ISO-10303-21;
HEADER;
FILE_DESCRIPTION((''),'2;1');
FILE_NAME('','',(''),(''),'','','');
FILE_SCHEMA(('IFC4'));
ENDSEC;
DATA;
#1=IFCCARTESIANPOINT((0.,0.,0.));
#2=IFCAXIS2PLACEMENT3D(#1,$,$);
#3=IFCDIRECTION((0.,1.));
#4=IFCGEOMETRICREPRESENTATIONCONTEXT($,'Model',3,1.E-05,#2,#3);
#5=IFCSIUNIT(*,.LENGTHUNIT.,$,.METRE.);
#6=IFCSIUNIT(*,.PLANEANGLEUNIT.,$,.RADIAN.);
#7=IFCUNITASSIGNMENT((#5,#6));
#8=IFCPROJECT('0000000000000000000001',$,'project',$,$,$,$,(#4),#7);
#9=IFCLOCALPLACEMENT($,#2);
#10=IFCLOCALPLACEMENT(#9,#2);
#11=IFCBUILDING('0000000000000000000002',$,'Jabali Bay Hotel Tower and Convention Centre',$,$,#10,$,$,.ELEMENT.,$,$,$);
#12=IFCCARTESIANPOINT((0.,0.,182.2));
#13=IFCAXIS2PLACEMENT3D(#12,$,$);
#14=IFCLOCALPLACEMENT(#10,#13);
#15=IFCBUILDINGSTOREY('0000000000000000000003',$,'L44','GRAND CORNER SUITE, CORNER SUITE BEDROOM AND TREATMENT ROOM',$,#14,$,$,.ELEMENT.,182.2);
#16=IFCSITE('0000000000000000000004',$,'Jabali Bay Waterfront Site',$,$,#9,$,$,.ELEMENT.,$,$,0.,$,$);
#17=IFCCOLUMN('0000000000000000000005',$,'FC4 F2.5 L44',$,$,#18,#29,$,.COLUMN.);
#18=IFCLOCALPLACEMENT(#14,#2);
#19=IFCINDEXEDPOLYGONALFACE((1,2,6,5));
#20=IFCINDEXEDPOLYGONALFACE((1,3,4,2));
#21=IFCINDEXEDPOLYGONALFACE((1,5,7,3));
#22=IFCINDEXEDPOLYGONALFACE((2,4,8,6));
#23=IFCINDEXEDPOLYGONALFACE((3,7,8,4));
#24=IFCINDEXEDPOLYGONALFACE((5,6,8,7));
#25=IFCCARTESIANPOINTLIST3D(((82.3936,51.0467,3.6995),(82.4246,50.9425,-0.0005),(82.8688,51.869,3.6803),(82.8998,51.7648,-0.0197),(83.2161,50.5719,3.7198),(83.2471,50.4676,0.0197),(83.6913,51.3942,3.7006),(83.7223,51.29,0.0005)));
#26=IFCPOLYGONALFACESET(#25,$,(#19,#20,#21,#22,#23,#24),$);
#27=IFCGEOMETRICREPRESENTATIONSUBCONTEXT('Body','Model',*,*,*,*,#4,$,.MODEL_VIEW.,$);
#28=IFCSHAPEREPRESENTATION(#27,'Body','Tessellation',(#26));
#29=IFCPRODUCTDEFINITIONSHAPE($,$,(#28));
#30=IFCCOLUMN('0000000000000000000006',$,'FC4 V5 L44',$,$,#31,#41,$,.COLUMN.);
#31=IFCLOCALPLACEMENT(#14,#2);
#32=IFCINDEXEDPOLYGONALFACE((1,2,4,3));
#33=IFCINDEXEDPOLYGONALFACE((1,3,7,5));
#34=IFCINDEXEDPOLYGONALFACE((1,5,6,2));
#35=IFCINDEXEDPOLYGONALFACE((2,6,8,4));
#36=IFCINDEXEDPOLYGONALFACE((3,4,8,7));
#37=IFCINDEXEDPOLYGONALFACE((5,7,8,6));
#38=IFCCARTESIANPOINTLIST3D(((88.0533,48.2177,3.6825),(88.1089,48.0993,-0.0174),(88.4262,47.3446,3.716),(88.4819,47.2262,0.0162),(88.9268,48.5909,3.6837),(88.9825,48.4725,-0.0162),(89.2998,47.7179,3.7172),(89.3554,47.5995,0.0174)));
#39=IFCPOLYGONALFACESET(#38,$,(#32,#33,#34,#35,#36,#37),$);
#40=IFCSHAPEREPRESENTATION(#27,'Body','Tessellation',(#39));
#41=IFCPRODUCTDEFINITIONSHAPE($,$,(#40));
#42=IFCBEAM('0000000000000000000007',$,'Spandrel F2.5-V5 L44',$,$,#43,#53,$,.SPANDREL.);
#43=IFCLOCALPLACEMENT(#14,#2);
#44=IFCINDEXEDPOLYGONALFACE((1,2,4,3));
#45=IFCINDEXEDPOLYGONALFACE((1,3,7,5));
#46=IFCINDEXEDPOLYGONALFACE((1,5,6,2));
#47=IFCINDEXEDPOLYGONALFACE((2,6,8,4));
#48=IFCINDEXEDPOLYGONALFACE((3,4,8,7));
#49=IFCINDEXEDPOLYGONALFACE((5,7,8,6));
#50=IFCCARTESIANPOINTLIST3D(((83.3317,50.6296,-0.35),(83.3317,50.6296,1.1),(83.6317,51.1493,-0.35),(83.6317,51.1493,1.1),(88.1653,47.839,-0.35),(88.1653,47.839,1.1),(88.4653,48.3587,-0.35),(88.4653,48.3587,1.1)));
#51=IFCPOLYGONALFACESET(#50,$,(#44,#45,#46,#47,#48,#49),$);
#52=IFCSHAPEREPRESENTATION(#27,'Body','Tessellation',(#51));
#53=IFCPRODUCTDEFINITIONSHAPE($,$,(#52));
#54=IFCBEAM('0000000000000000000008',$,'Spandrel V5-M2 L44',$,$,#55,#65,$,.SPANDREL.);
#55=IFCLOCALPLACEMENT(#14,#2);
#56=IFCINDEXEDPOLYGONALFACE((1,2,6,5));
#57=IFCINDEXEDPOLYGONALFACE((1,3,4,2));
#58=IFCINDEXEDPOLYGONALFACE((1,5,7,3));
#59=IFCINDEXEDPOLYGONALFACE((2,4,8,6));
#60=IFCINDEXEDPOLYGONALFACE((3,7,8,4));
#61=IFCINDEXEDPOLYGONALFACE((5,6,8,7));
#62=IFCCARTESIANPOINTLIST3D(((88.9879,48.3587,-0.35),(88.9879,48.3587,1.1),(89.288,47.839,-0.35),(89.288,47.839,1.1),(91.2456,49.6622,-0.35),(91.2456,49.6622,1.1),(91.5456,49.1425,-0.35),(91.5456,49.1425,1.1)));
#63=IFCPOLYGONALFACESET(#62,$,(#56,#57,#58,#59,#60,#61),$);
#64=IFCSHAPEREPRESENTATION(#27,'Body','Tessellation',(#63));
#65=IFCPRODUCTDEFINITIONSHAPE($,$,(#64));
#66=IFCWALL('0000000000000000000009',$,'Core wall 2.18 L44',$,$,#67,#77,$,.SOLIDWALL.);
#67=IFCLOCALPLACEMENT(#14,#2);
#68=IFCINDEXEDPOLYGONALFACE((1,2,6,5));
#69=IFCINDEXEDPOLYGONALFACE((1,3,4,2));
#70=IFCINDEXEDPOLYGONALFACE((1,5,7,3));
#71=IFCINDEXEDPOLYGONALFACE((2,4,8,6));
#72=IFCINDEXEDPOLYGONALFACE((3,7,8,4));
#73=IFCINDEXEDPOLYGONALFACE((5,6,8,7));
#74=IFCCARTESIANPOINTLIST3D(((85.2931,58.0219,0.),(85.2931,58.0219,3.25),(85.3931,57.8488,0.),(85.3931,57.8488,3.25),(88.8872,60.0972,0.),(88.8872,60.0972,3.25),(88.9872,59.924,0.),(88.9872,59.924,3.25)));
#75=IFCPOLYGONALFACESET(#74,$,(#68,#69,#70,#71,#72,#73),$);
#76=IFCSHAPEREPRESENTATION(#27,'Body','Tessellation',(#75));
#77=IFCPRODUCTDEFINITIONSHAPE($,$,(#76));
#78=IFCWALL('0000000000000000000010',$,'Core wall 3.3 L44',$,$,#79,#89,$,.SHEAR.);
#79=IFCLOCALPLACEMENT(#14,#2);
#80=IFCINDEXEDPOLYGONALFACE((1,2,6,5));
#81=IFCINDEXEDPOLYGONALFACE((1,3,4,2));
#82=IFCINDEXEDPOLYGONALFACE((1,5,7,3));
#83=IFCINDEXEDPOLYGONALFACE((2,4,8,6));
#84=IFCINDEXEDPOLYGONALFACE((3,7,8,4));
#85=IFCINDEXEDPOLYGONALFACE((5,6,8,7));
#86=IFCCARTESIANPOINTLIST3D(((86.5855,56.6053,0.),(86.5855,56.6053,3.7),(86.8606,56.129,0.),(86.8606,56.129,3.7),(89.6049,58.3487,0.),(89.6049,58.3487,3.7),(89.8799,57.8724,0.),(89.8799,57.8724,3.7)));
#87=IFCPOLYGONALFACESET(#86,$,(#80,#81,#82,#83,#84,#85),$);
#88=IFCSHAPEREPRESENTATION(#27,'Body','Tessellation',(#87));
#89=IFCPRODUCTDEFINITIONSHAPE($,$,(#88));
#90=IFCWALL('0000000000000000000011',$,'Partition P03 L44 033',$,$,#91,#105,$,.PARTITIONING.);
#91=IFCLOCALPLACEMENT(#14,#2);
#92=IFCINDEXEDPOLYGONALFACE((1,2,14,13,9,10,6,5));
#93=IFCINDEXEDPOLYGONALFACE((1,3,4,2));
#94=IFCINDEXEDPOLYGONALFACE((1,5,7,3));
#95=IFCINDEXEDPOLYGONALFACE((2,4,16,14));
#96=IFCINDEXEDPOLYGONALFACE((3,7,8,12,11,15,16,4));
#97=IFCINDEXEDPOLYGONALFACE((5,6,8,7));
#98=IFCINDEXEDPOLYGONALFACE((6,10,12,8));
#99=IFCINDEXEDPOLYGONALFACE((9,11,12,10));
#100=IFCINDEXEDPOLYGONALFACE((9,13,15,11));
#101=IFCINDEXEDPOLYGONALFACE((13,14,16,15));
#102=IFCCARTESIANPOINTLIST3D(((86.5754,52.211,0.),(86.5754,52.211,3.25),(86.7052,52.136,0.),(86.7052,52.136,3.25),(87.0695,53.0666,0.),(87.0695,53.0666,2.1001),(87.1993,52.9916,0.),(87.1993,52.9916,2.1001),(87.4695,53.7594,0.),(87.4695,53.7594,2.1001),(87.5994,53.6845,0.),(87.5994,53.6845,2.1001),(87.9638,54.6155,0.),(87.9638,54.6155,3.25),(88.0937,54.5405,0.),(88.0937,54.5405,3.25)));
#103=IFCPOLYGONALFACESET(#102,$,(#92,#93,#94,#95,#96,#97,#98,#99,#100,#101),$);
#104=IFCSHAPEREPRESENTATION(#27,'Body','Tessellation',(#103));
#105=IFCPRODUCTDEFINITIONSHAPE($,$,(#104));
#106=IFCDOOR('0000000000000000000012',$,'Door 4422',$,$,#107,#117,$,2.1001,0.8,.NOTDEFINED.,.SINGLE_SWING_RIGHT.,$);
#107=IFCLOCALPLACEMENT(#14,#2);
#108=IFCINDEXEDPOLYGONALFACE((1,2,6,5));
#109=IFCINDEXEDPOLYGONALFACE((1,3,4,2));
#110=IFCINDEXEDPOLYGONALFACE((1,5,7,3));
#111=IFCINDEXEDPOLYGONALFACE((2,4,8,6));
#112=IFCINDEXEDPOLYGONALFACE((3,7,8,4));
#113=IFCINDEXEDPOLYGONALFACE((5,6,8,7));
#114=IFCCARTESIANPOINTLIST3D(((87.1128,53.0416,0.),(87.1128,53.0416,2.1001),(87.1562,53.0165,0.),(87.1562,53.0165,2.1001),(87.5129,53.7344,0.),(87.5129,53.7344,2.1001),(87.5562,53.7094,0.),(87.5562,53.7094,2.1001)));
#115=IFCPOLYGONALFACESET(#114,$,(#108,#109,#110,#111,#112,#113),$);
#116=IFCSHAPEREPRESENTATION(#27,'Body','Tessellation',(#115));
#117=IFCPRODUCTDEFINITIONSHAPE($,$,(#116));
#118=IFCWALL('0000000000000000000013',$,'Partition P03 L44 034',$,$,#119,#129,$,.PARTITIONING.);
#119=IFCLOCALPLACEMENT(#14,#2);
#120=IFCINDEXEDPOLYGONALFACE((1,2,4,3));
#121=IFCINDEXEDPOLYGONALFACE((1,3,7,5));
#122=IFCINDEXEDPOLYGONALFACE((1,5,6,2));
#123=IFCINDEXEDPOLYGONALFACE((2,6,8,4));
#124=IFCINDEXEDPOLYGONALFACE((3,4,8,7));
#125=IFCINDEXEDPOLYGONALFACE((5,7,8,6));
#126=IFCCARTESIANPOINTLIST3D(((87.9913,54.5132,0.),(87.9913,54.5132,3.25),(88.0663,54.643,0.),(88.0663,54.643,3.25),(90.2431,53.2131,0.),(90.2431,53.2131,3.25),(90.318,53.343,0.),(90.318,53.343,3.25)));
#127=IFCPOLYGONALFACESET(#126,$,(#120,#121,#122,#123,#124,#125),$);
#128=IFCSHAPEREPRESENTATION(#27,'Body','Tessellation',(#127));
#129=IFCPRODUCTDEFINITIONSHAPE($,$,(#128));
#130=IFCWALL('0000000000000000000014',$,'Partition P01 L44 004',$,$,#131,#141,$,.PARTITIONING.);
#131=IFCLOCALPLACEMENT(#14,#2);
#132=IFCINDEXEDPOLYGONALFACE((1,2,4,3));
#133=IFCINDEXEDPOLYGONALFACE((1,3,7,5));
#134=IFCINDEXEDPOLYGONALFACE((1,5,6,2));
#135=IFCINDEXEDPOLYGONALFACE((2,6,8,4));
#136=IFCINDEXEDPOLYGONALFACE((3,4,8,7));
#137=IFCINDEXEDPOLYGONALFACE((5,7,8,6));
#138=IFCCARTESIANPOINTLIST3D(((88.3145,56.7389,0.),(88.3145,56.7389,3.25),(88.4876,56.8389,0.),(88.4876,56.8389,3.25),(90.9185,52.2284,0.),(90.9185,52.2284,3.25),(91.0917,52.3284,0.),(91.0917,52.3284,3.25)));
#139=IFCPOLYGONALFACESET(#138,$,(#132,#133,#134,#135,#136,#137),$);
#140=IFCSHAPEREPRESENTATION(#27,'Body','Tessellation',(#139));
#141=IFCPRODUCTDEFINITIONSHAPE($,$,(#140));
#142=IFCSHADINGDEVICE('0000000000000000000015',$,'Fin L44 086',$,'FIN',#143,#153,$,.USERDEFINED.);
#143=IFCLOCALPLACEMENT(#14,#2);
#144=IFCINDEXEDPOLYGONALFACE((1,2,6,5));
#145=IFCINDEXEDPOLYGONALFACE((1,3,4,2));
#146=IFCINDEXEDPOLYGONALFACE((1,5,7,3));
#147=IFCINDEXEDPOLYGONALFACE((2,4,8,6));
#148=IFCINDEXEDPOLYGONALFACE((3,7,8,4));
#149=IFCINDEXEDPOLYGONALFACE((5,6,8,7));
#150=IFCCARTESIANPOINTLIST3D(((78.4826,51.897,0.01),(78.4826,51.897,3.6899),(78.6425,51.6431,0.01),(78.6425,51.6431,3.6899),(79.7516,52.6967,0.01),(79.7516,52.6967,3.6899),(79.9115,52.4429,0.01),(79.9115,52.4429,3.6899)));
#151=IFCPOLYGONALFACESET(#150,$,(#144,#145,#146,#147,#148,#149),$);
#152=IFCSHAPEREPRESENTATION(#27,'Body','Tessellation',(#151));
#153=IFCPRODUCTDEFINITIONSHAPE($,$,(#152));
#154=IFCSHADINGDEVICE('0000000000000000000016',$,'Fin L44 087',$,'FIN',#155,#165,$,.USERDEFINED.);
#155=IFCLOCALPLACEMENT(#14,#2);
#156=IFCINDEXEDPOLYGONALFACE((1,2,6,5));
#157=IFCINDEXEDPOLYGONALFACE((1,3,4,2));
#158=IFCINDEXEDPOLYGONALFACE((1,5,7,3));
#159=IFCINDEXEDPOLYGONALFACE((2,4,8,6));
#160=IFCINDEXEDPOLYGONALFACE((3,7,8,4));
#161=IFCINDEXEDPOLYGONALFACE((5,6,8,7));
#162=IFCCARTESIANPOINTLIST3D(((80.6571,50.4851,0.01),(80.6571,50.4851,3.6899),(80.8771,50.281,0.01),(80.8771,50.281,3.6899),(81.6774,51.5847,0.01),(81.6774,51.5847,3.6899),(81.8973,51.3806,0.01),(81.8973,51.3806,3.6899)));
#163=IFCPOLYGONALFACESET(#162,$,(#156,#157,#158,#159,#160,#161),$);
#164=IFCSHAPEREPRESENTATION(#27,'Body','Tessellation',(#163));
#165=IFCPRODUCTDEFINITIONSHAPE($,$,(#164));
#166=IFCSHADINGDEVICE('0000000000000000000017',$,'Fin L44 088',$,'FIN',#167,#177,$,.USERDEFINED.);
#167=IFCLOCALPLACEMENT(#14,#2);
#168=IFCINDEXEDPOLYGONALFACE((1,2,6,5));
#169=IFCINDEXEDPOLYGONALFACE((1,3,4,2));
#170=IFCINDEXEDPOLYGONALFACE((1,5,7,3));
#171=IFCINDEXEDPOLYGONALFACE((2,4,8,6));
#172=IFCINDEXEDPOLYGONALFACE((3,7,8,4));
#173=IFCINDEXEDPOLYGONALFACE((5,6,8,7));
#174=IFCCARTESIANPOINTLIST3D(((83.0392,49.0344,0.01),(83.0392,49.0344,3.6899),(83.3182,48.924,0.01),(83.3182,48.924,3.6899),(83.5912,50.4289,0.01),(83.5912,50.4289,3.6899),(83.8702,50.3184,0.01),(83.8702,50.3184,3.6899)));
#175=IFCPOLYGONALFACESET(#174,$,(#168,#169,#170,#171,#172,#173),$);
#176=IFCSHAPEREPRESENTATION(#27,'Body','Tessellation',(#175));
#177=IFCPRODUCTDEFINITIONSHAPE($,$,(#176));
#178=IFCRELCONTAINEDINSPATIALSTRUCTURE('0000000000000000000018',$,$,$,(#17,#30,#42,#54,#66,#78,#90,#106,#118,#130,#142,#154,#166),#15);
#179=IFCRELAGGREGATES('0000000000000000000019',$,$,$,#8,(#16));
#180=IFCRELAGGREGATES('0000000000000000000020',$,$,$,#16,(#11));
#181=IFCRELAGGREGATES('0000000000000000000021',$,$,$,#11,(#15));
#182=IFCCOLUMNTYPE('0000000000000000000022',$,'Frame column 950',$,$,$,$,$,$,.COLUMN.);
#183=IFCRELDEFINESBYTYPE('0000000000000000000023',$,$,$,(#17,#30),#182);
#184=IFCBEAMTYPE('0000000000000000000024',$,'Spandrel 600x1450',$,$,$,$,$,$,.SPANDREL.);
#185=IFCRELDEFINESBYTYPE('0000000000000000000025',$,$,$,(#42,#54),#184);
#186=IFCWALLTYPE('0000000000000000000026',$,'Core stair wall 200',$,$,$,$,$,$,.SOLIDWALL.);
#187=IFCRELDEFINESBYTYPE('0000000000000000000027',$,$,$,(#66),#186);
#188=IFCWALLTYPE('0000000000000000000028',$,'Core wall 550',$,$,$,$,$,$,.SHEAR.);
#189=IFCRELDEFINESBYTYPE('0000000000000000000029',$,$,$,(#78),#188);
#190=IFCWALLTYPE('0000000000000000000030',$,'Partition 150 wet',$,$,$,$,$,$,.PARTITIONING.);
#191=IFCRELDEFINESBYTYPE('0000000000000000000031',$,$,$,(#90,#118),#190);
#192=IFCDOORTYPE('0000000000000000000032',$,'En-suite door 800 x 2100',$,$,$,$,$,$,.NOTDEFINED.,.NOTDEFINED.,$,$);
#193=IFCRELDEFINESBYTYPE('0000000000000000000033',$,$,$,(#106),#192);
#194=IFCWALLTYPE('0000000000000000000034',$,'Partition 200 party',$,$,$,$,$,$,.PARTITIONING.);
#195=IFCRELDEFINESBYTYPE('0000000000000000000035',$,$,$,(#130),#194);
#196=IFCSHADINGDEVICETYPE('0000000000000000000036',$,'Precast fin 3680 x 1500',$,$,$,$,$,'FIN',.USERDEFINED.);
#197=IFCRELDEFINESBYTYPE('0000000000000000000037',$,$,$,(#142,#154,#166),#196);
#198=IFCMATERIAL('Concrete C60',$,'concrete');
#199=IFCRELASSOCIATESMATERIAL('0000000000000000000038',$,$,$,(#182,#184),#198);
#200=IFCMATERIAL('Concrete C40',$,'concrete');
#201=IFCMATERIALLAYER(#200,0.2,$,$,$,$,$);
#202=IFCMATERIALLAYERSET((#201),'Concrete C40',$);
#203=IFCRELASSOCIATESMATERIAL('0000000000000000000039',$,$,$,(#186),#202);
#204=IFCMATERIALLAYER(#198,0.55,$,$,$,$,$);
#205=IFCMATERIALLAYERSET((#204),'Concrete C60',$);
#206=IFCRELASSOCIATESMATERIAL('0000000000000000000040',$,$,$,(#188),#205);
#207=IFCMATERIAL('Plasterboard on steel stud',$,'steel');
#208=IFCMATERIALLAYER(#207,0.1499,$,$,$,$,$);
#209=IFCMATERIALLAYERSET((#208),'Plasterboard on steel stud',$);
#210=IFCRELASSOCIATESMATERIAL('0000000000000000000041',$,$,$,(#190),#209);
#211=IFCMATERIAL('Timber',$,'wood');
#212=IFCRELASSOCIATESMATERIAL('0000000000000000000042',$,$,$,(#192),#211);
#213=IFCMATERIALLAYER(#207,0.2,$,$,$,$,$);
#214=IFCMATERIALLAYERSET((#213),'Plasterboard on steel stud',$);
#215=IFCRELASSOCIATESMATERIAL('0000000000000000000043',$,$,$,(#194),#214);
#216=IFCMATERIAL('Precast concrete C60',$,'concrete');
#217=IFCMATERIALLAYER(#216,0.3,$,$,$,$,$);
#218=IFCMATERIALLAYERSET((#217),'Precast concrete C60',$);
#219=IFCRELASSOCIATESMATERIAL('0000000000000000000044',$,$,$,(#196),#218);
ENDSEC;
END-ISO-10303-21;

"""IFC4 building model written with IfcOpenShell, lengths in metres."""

from ifc_helpers import new_model, si_unit, direction, frame, frame_2d, origin, origin_2d, place, context, subcontext, project, spatial, rectangle, extrude, material, layer, layer_set, material_profile, profile_set, type_object, element, fill, save


model = new_model("IFC4")

# Units and contexts
model_context = context("Model", 3, precision=1e-05, world=origin(), true_north=direction((0.0, 1.0)))
body_context = subcontext(model_context, "Body", "Model", "MODEL_VIEW")
ifc_project = project(units=[si_unit("LENGTHUNIT", "METRE"), si_unit("PLANEANGLEUNIT", "RADIAN")], contexts=[model_context])

# Site, building, storey
site_placement = place(None, origin())
site = spatial("IfcSite", under=ifc_project, at=site_placement, Name="Jabali Bay Waterfront Site", CompositionType="ELEMENT", RefElevation=0.0)
building_placement = place(site_placement, origin())
building = spatial("IfcBuilding", under=site, at=building_placement, Name="Jabali Bay Hotel Tower and Convention Centre", CompositionType="ELEMENT")
storey_placement = place(building_placement, frame((0.0, 0.0, 182.2)))
storey = spatial("IfcBuildingStorey", under=building, at=storey_placement, Name="L44", Description="GRAND CORNER SUITE, CORNER SUITE BEDROOM AND TREATMENT ROOM", CompositionType="ELEMENT", Elevation=182.2)

# Columns
ifc_material_1 = material(Name="Concrete C60", Category="concrete")
ifc_material_profile_1 = material_profile(ifc_material_1, rectangle(XDim=0.95, YDim=0.95, at=origin_2d()), Name="Frame column 950")
ifc_profile_set_1 = profile_set([ifc_material_profile_1], Name="Concrete C60")
column_type = type_object("IfcColumnType", Name="Frame column 950", PredefinedType="COLUMN", material=ifc_profile_set_1)
column_1_placement = place(storey_placement, frame((83.0735, 51.1162, 0.0), z_axis=(-0.008376, 0.028163, 0.999568), x_axis=(-0.500232, -0.865656, 0.020198)))
element("IfcColumn", 1, at=column_1_placement, inside=storey, type_object=column_type, Name="FC4 F2.5 L44", PredefinedType="COLUMN", context=body_context, shape_type="SweptSolid", body=[
    extrude(rectangle(XDim=0.95, YDim=0.95, at=origin_2d()), origin(), (0.0, 0.0, 1.0), 3.7017),
])
column_2_placement = place(storey_placement, frame((88.7322, 47.8494, 0.0), z_axis=(-0.015035, 0.031983, 0.999375), x_axis=(0.392593, -0.919034, 0.035318)))
element("IfcColumn", 2, at=column_2_placement, inside=storey, type_object=column_type, Name="FC4 V5 L44", PredefinedType="COLUMN", context=body_context, shape_type="SweptSolid", body=[
    extrude(rectangle(XDim=0.95, YDim=0.95, at=origin_2d()), origin(), (0.0, 0.0, 1.0), 3.7021),
])

# Beams
ifc_material_profile_2 = material_profile(ifc_material_1, rectangle(XDim=0.6001, YDim=1.45, at=origin_2d()), Name="Spandrel 600x1450")
ifc_profile_set_2 = profile_set([ifc_material_profile_2], Name="Concrete C60")
beam_type = type_object("IfcBeamType", Name="Spandrel 600x1450", PredefinedType="SPANDREL", material=ifc_profile_set_2)
beam_1_placement = place(storey_placement, frame((83.4817, 50.8894, 0.375), z_axis=(0.866033, -0.499988, 0.0), x_axis=(0.499988, 0.866033, 0.0)))
element("IfcBeam", 3, at=beam_1_placement, inside=storey, type_object=beam_type, Name="Spandrel F2.5-V5 L44", PredefinedType="SPANDREL", context=body_context, shape_type="SweptSolid", body=[
    extrude(rectangle(XDim=0.6001, YDim=1.45, at=origin_2d()), origin(), (0.0, 0.0, 1.0), 5.5813),
])
beam_2_placement = place(storey_placement, frame((89.1379, 48.0989, 0.375), z_axis=(0.866016, 0.500017, 0.0), x_axis=(-0.500017, 0.866016, 0.0)))
element("IfcBeam", 4, at=beam_2_placement, inside=storey, type_object=beam_type, Name="Spandrel V5-M2 L44", PredefinedType="SPANDREL", context=body_context, shape_type="SweptSolid", body=[
    extrude(rectangle(XDim=0.6001, YDim=1.45, at=origin_2d()), origin(), (0.0, 0.0, 1.0), 2.6069),
])

# Walls
ifc_material_2 = material(Name="Concrete C40", Category="concrete")
ifc_layer_1 = layer(ifc_material_2, 0.2)
ifc_layer_set_1 = layer_set([ifc_layer_1], Name="Concrete C40")
wall_type_1 = type_object("IfcWallType", Name="Core stair wall 200", PredefinedType="SOLIDWALL", material=ifc_layer_set_1)
wall_1_placement = place(storey_placement, frame((85.343, 57.9353, 0.0), z_axis=(0.0, 0.0, 1.0), x_axis=(0.866004, 0.500036, 0.0)))
element("IfcWall", 5, at=wall_1_placement, inside=storey, type_object=wall_type_1, Name="Core wall 2.18 L44", PredefinedType="SOLIDWALL", context=body_context, shape_type="SweptSolid", body=[
    extrude(rectangle(XDim=4.1501, YDim=0.2, at=frame_2d((2.0752, 0.0))), origin(), (0.0, 0.0, 1.0), 3.25),
])
ifc_layer_2 = layer(ifc_material_1, 0.55)
ifc_layer_set_2 = layer_set([ifc_layer_2], Name="Concrete C60")
wall_type_2 = type_object("IfcWallType", Name="Core wall 550", PredefinedType="SHEAR", material=ifc_layer_set_2)
wall_2_placement = place(storey_placement, frame((86.7231, 56.3672, 0.0), z_axis=(0.0, 0.0, 1.0), x_axis=(0.865998, 0.500048, 0.0)))
element("IfcWall", 6, at=wall_2_placement, inside=storey, type_object=wall_type_2, Name="Core wall 3.3 L44", PredefinedType="SHEAR", context=body_context, shape_type="SweptSolid", body=[
    extrude(rectangle(XDim=3.4866, YDim=0.55, at=frame_2d((1.7432, 0.0))), origin(), (0.0, 0.0, 1.0), 3.7),
])

# Wall, opening, door
ifc_material_3 = material(Name="Plasterboard on steel stud", Category="steel")
ifc_layer_3 = layer(ifc_material_3, 0.1499)
ifc_layer_set_3 = layer_set([ifc_layer_3], Name="Plasterboard on steel stud")
wall_type_3 = type_object("IfcWallType", Name="Partition 150 wet", PredefinedType="PARTITIONING", material=ifc_layer_set_3)
wall_3_placement = place(storey_placement, frame((86.6404, 52.1736, 0.0), z_axis=(0.0, 0.0, 1.0), x_axis=(0.500045, 0.866, 0.0)))
wall_3 = element("IfcWall", 7, at=wall_3_placement, inside=storey, type_object=wall_type_3, Name="Partition P03 L44 033", PredefinedType="PARTITIONING", context=body_context, shape_type="SweptSolid", body=[
    extrude(rectangle(XDim=2.7766, YDim=0.1499, at=frame_2d((1.3882, 0.0))), origin(), (0.0, 0.0, 1.0), 3.25),
])
opening_1_placement = place(wall_3_placement, frame((0.988, 0.0, 0.0)))
opening_1 = element("IfcOpeningElement", 8, at=opening_1_placement, cuts=wall_3, PredefinedType="OPENING", context=body_context, shape_type="SweptSolid", body=[
    extrude(rectangle(XDim=0.8, YDim=2.1001, at=frame_2d((0.3999, 1.05))), frame((0.0, 0.0854, 0.0), z_axis=(0.0, -1.0, 0.0), x_axis=(1.0, 0.0, 0.0)), (0.0, 0.0, 1.0), 0.1709),
])
ifc_material_4 = material(Name="Timber", Category="wood")
door_type_1 = type_object("IfcDoorType", Name="En-suite door 800 x 2100", OperationType="NOTDEFINED", PredefinedType="NOTDEFINED", material=ifc_material_4)
door_1_placement = place(opening_1_placement, origin())
door_1 = element("IfcDoor", 9, at=door_1_placement, inside=storey, type_object=door_type_1, Name="Door 4422", OperationType="SINGLE_SWING_RIGHT", OverallHeight=2.1001, OverallWidth=0.8, PredefinedType="NOTDEFINED", context=body_context, shape_type="SweptSolid", body=[
    extrude(rectangle(XDim=0.8, YDim=2.1001, at=frame_2d((0.3999, 1.05))), frame((0.0, 0.0249, 0.0), z_axis=(0.0, -1.0, 0.0), x_axis=(1.0, 0.0, 0.0)), (0.0, 0.0, 1.0), 0.05),
])
fill(opening_1, door_1)

# Walls
wall_4_placement = place(storey_placement, frame((88.0288, 54.5781, 0.0), z_axis=(0.0, 0.0, 1.0), x_axis=(0.866021, -0.500007, 0.0)))
element("IfcWall", 10, at=wall_4_placement, inside=storey, type_object=wall_type_3, Name="Partition P03 L44 034", PredefinedType="PARTITIONING", context=body_context, shape_type="SweptSolid", body=[
    extrude(rectangle(XDim=2.6001, YDim=0.1499, at=frame_2d((1.3, 0.0))), origin(), (0.0, 0.0, 1.0), 3.25),
])
ifc_layer_4 = layer(ifc_material_3, 0.2)
ifc_layer_set_4 = layer_set([ifc_layer_4], Name="Plasterboard on steel stud")
wall_type_4 = type_object("IfcWallType", Name="Partition 200 party", PredefinedType="PARTITIONING", material=ifc_layer_set_4)
wall_5_placement = place(storey_placement, frame((88.4011, 56.7888, 0.0), z_axis=(0.0, 0.0, 1.0), x_axis=(0.499981, -0.866036, 0.0)))
element("IfcWall", 11, at=wall_5_placement, inside=storey, type_object=wall_type_4, Name="Partition P01 L44 004", PredefinedType="PARTITIONING", context=body_context, shape_type="SweptSolid", body=[
    extrude(rectangle(XDim=5.2083, YDim=0.2, at=frame_2d((2.604, 0.0))), origin(), (0.0, 0.0, 1.0), 3.25),
])

# Shading devices
ifc_material_5 = material(Name="Precast concrete C60", Category="concrete")
ifc_layer_5 = layer(ifc_material_5, 0.3)
ifc_layer_set_5 = layer_set([ifc_layer_5], Name="Precast concrete C60")
shading_device_type = type_object("IfcShadingDeviceType", Name="Precast fin 3680 x 1500", ElementType="FIN", PredefinedType="USERDEFINED", material=ifc_layer_set_5)
for number, where, z_axis, x_axis, name in (
    (12, (79.8315, 52.5698, 0.01), (0.0, 0.0, 1.0), (-0.845999, -0.533184, 0.0), "Fin L44 086"),
    (13, (81.7874, 51.4827, 0.01), (0.0, 0.0, 1.0), (-0.680164, -0.73306, 0.0), "Fin L44 087"),
):
    element("IfcShadingDevice", number, at=place(storey_placement, frame(where, z_axis=z_axis, x_axis=x_axis)), inside=storey, type_object=shading_device_type, Name=name, ObjectType="FIN", PredefinedType="USERDEFINED", context=body_context, shape_type="SweptSolid", body=[
        extrude(rectangle(XDim=1.5, YDim=0.3, at=frame_2d((0.75, 0.0))), origin(), (0.0, 0.0, 1.0), 3.6799),
    ])
shading_device_placement = place(storey_placement, frame((83.7307, 50.3738, 0.01), z_axis=(0.0, 0.0, 1.0), x_axis=(-0.368048, -0.929807, 0.0)))
element("IfcShadingDevice", 14, at=shading_device_placement, inside=storey, type_object=shading_device_type, Name="Fin L44 088", ObjectType="FIN", PredefinedType="USERDEFINED", context=body_context, shape_type="SweptSolid", body=[
    extrude(rectangle(XDim=1.4998, YDim=0.3, at=frame_2d((0.75, 0.0))), origin(), (0.0, 0.0, 1.0), 3.6799),
])

save(model, "model.ifc")
